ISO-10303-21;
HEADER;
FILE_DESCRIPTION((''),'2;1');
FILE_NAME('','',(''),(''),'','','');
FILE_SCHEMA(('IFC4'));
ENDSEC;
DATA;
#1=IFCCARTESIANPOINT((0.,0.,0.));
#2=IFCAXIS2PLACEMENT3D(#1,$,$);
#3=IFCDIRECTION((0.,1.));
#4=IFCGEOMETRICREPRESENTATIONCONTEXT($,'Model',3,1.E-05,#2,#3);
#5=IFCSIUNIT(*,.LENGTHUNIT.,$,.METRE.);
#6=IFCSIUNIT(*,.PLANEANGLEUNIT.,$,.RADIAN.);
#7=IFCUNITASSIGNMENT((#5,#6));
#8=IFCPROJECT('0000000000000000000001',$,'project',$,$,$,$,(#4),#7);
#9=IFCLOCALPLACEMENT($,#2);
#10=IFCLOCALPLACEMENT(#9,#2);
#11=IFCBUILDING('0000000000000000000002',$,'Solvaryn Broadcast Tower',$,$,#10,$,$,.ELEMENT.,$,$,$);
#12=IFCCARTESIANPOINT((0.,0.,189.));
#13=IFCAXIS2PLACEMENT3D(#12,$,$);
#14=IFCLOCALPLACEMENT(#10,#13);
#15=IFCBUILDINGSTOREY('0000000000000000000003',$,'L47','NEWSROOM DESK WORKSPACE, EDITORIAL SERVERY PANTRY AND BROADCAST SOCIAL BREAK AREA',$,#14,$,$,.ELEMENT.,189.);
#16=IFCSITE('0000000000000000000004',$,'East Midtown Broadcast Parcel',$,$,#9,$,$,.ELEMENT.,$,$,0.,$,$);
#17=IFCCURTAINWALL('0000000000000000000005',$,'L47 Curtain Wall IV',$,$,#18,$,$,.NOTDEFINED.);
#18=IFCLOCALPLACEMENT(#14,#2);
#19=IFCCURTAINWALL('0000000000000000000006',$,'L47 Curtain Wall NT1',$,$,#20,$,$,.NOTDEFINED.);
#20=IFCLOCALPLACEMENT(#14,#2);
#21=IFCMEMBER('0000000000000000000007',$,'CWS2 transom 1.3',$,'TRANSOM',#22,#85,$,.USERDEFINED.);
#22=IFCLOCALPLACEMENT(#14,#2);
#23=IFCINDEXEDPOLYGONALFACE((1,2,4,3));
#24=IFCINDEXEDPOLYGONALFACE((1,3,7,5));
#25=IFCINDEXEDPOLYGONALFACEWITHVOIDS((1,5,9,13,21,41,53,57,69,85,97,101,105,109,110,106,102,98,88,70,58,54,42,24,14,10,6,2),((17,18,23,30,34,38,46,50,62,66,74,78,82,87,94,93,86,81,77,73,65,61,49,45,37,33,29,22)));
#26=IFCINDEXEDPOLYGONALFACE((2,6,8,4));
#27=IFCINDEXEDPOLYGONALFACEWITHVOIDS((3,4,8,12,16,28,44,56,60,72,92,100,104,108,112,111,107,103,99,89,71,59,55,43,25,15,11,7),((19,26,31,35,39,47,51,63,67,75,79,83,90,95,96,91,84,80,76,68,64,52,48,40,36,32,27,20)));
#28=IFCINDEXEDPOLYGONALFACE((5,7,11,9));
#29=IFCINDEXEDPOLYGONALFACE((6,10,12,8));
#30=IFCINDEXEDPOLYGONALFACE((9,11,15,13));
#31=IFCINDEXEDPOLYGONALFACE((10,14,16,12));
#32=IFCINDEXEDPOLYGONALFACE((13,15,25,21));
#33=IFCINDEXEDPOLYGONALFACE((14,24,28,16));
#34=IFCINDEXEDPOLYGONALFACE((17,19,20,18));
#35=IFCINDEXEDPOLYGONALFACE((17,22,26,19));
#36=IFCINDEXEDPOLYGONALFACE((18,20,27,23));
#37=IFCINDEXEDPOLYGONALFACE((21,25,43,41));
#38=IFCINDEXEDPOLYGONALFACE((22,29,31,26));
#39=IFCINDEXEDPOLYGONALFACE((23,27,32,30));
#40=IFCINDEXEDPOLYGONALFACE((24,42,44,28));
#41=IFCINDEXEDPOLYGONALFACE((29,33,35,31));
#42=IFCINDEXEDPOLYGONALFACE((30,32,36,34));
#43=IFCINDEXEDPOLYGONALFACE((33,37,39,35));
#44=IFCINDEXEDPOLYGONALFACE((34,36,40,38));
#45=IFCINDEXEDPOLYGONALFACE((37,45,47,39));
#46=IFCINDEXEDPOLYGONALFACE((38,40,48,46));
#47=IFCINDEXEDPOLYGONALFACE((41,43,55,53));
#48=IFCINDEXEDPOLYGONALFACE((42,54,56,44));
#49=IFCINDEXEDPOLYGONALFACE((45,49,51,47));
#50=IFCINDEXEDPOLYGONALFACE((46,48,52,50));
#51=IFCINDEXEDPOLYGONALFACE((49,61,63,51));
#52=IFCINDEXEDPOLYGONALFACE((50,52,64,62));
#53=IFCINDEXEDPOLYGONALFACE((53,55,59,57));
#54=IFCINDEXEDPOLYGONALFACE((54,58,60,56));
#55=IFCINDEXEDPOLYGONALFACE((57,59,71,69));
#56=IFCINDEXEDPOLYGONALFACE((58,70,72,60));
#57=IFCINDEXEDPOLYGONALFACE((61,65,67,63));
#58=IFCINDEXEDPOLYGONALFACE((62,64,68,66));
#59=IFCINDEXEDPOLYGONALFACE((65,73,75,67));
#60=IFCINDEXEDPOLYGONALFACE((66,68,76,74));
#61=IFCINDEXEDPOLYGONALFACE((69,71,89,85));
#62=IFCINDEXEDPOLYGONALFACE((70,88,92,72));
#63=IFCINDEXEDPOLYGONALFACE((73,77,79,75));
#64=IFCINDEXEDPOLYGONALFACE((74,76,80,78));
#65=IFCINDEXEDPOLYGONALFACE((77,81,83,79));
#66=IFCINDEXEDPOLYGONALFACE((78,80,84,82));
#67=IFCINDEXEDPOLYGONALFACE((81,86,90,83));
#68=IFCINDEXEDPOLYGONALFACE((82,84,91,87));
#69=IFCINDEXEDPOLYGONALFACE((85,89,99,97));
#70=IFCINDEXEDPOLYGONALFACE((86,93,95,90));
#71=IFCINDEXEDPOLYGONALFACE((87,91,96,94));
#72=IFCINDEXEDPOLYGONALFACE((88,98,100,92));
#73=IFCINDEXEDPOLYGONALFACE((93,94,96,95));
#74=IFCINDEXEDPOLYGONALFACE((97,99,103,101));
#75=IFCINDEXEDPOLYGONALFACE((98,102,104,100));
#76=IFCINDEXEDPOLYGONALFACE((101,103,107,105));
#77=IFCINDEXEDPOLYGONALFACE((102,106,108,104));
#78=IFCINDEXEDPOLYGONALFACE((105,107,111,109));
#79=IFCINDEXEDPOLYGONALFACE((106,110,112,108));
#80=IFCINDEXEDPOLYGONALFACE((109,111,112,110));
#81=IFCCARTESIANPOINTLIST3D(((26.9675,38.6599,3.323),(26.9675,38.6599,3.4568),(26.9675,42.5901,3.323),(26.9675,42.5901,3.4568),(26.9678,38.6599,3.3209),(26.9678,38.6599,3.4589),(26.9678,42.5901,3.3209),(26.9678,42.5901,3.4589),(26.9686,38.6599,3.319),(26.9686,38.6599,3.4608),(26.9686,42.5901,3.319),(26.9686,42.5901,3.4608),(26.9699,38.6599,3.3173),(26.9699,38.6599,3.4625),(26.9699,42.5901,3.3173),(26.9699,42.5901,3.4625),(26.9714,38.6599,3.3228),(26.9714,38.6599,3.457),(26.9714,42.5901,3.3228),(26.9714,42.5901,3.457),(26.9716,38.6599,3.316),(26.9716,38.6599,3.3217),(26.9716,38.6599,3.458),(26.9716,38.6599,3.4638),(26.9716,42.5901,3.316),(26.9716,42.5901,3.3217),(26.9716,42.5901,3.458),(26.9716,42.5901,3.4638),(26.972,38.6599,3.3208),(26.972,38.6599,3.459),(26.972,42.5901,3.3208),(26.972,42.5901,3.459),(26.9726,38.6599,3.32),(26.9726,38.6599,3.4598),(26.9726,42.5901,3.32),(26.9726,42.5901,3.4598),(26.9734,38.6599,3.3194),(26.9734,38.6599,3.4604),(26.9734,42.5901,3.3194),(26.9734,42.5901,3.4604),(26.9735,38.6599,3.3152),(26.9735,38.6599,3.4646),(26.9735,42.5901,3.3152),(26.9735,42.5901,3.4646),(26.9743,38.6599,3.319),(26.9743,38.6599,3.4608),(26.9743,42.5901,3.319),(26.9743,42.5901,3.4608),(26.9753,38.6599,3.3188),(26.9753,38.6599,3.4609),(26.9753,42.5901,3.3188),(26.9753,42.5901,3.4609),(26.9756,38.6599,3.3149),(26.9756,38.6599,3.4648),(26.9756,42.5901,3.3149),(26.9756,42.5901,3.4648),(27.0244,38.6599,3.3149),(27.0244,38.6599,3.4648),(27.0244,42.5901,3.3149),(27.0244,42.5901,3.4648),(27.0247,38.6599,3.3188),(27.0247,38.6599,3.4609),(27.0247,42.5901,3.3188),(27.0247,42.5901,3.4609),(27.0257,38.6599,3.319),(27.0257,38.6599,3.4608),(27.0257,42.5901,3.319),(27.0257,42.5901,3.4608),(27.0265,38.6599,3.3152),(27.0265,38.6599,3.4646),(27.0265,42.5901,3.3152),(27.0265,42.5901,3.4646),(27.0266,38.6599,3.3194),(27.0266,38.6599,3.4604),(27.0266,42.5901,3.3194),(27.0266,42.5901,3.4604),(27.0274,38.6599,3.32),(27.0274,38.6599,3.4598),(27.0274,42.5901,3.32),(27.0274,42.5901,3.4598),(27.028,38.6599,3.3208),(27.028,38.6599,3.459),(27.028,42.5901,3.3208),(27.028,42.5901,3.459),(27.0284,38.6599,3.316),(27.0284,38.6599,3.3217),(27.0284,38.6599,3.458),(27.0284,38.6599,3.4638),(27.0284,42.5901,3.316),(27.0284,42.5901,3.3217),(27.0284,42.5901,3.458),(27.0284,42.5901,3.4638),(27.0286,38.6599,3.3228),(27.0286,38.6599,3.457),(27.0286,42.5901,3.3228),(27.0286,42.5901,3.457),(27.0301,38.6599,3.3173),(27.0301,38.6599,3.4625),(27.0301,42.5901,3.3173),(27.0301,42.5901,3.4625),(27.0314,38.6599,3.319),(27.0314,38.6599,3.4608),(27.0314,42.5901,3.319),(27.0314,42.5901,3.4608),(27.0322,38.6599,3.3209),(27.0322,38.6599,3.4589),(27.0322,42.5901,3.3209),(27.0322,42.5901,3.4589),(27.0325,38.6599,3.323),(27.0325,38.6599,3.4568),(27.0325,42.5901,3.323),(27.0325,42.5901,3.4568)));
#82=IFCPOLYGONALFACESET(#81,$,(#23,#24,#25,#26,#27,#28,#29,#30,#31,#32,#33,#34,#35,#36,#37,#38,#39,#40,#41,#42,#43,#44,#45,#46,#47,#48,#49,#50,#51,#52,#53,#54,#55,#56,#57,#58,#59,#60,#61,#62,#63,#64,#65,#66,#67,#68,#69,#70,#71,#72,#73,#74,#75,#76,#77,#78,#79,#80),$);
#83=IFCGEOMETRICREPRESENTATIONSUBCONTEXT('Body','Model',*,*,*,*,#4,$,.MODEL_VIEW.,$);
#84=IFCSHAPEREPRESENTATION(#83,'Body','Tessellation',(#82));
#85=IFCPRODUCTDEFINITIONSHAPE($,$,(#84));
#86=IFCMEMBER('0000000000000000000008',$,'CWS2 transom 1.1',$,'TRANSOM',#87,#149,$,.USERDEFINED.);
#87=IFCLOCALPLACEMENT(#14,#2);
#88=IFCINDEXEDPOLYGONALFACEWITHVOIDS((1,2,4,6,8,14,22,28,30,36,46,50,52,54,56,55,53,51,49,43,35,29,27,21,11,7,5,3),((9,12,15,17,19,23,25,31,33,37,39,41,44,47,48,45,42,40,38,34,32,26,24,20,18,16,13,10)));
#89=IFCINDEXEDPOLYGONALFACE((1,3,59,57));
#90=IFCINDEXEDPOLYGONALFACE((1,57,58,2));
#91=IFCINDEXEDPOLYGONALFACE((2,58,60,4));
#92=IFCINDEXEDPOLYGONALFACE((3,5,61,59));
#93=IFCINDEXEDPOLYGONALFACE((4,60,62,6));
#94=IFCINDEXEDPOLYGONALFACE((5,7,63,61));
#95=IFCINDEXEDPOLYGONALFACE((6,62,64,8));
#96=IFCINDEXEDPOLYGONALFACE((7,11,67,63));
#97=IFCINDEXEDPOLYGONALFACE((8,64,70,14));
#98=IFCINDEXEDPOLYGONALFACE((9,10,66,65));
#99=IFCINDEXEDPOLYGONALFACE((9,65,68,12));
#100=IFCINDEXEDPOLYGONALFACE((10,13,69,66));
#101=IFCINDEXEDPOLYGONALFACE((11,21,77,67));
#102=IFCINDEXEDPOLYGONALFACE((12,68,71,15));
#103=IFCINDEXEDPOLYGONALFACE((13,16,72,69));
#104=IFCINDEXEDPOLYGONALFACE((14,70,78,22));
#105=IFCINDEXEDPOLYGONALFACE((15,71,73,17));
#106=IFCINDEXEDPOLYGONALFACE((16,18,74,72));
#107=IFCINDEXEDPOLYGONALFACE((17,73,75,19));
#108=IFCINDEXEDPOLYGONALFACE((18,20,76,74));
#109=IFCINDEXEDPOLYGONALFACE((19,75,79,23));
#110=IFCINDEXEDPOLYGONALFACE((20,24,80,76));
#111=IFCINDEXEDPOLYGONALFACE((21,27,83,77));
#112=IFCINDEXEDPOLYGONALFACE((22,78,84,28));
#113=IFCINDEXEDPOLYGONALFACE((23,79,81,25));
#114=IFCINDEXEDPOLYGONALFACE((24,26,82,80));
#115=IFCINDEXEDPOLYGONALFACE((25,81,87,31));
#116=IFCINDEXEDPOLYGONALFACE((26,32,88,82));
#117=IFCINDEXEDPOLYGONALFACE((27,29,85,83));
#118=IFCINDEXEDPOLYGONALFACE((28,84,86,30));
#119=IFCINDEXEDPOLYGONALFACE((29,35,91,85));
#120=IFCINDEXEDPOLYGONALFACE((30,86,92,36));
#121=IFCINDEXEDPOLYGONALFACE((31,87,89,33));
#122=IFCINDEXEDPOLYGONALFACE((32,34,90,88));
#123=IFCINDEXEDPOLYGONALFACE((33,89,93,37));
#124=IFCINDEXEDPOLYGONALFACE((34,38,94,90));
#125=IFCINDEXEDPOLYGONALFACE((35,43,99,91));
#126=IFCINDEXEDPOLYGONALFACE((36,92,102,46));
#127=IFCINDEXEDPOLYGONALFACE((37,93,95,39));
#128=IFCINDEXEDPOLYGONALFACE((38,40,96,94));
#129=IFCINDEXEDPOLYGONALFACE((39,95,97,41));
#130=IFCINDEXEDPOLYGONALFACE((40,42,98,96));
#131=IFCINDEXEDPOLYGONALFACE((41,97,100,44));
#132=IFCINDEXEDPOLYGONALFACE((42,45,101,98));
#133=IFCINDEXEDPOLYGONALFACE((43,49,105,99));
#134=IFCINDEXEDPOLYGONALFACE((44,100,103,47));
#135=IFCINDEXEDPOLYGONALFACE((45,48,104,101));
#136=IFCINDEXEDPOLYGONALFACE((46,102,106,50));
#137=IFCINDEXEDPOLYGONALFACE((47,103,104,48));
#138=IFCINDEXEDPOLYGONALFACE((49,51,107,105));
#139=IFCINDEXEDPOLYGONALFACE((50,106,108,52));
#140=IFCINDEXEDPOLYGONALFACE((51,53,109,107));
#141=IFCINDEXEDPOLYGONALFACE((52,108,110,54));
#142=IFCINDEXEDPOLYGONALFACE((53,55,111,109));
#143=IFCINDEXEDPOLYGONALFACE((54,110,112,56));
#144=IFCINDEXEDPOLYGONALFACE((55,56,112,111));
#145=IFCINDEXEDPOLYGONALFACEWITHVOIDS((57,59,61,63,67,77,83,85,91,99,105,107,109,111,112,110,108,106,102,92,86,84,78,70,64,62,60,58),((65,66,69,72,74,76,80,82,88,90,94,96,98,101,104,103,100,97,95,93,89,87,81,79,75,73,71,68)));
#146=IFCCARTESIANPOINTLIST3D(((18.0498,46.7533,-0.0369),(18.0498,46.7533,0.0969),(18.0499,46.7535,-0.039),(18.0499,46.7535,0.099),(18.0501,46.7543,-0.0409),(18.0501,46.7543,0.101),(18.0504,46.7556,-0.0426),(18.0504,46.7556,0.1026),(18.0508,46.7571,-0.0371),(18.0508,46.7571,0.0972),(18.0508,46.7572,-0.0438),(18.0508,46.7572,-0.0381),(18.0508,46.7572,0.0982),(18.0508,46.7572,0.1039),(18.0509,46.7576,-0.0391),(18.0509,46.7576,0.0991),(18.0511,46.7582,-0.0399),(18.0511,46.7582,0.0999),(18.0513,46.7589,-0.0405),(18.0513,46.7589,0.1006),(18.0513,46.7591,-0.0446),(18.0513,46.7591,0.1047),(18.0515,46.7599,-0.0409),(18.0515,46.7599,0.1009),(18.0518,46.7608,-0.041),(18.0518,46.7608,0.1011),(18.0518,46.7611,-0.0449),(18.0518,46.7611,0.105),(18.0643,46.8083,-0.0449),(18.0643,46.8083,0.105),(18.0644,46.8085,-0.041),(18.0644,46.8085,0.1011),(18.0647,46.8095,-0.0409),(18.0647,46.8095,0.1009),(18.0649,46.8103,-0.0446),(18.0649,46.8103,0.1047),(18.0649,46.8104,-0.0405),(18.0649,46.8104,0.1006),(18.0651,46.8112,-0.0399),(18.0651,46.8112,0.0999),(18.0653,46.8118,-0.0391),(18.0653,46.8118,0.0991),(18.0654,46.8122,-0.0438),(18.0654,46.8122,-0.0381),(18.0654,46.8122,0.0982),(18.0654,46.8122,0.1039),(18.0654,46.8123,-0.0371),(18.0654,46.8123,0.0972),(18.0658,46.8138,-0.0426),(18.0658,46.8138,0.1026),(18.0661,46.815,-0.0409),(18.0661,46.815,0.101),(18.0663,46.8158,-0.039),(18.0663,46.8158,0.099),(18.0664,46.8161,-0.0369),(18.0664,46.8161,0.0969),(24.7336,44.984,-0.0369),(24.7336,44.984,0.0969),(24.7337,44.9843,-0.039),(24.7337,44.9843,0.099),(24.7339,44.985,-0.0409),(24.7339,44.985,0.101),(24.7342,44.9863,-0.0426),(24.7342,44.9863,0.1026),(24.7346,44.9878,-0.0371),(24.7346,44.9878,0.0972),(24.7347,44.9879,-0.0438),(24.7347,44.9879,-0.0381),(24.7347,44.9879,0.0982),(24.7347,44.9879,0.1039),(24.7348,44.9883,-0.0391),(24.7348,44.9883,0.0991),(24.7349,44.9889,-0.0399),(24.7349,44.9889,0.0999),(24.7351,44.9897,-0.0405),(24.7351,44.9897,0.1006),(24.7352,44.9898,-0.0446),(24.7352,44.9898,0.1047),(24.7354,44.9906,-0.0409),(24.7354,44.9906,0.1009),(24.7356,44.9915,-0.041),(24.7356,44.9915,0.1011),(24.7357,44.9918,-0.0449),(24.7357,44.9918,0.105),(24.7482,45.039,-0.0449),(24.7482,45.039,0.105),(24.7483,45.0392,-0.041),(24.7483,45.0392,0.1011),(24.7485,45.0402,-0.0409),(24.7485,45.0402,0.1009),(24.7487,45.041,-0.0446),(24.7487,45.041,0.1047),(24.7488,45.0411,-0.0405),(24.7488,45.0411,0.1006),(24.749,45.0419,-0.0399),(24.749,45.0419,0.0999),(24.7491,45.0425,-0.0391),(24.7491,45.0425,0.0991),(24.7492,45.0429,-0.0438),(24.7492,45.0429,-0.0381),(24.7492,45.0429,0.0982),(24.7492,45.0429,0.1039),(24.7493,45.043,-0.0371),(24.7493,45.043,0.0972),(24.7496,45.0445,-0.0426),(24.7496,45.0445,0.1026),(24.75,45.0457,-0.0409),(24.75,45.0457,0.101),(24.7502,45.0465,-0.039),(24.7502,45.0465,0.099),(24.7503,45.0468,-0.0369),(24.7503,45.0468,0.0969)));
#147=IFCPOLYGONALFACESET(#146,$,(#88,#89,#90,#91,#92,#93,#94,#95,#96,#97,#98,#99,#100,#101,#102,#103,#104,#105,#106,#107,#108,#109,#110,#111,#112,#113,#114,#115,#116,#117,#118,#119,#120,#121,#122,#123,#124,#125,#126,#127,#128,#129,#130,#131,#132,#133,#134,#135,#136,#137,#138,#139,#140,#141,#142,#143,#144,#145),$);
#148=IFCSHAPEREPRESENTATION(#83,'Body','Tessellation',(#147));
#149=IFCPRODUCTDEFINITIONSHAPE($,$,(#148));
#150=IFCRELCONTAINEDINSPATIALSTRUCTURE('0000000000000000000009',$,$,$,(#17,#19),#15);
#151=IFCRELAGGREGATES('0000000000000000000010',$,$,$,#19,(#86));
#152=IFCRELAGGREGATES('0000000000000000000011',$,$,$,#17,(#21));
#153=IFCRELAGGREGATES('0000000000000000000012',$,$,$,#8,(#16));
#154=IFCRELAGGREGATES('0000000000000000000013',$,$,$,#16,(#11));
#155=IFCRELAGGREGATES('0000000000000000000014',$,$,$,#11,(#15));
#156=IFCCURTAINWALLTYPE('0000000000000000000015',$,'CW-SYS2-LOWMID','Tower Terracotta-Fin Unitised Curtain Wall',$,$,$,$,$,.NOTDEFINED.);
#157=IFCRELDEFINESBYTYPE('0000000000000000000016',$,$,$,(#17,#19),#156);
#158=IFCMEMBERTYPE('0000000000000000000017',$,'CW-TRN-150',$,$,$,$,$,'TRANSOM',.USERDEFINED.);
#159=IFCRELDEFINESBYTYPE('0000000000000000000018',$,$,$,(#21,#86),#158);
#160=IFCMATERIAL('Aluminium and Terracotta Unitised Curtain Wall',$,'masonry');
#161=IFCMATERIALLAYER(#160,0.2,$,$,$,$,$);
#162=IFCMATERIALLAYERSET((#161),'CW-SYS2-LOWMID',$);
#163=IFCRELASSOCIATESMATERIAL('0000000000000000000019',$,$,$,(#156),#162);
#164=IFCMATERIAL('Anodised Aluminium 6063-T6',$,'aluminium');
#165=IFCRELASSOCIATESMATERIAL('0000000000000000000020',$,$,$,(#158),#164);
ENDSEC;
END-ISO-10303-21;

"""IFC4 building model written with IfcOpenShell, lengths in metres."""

from ifc_helpers import new_model, si_unit, direction, frame, origin, origin_2d, place, context, subcontext, project, spatial, hollow_rectangle, extrude, material, layer, layer_set, material_profile, profile_set, type_object, element, aggregate, save


model = new_model("IFC4")

# Units and contexts
model_context = context("Model", 3, precision=1e-05, world=origin(), true_north=direction((0.0, 1.0)))
body_context = subcontext(model_context, "Body", "Model", "MODEL_VIEW")
ifc_project = project(units=[si_unit("LENGTHUNIT", "METRE"), si_unit("PLANEANGLEUNIT", "RADIAN")], contexts=[model_context])

# Site, building, storey
site_placement = place(None, origin())
site = spatial("IfcSite", under=ifc_project, at=site_placement, Name="East Midtown Broadcast Parcel", CompositionType="ELEMENT", RefElevation=0.0)
building_placement = place(site_placement, origin())
building = spatial("IfcBuilding", under=site, at=building_placement, Name="Solvaryn Broadcast Tower", CompositionType="ELEMENT")
storey_placement = place(building_placement, frame((0.0, 0.0, 189.0)))
storey = spatial("IfcBuildingStorey", under=building, at=storey_placement, Name="L47", Description="NEWSROOM DESK WORKSPACE, EDITORIAL SERVERY PANTRY AND BROADCAST SOCIAL BREAK AREA", CompositionType="ELEMENT", Elevation=189.0)

# Curtain wall
ifc_material_1 = material(Name="Aluminium and Terracotta Unitised Curtain Wall", Category="masonry")
ifc_layer_1 = layer(ifc_material_1, 0.2)
ifc_layer_set_1 = layer_set([ifc_layer_1], Name="CW-SYS2-LOWMID")
curtain_wall_type = type_object("IfcCurtainWallType", Name="CW-SYS2-LOWMID", Description="Tower Terracotta-Fin Unitised Curtain Wall", PredefinedType="NOTDEFINED", material=ifc_layer_set_1)
curtain_wall_1_placement = place(storey_placement, origin())
curtain_wall_1 = element("IfcCurtainWall", 1, at=curtain_wall_1_placement, inside=storey, type_object=curtain_wall_type, Name="L47 Curtain Wall IV", PredefinedType="NOTDEFINED")

# Curtain wall
curtain_wall_2_placement = place(storey_placement, origin())
curtain_wall_2 = element("IfcCurtainWall", 2, at=curtain_wall_2_placement, inside=storey, type_object=curtain_wall_type, Name="L47 Curtain Wall NT1", PredefinedType="NOTDEFINED")

# Members
ifc_material_2 = material(Name="Anodised Aluminium 6063-T6", Category="aluminium")
ifc_material_profile_1 = material_profile(ifc_material_2, hollow_rectangle(XDim=0.0649, YDim=0.1499, WallThickness=0.0039, InnerFilletRadius=0.0039, OuterFilletRadius=0.0081, at=origin_2d()))
ifc_profile_set_1 = profile_set([ifc_material_profile_1], Name="Anodised Aluminium 6063-T6")
member_type_1 = type_object("IfcMemberType", Name="CW-TRN-150", ElementType="TRANSOM", PredefinedType="USERDEFINED", material=ifc_profile_set_1)
member_1_placement = place(storey_placement, frame((27.0, 42.5901, 3.3899), z_axis=(0.0, -1.0, 0.0), x_axis=(1.0, 0.0, 0.0)))
member_1 = element("IfcMember", 3, at=member_1_placement, type_object=member_type_1, Name="CWS2 transom 1.3", ObjectType="TRANSOM", PredefinedType="USERDEFINED", context=body_context, shape_type="SweptSolid", body=[
    extrude(hollow_rectangle(XDim=0.0649, YDim=0.1499, WallThickness=0.0039, InnerFilletRadius=0.0039, OuterFilletRadius=0.0081, at=origin_2d()), origin(), (0.0, 0.0, 1.0), 3.9302),
])
member_2_placement = place(storey_placement, frame((24.7419, 45.0154, 0.03), z_axis=(-0.966704, 0.255897, 0.0), x_axis=(-0.255897, -0.966704, 0.0)))
member_2 = element("IfcMember", 4, at=member_2_placement, type_object=member_type_1, Name="CWS2 transom 1.1", ObjectType="TRANSOM", PredefinedType="USERDEFINED", context=body_context, shape_type="SweptSolid", body=[
    extrude(hollow_rectangle(XDim=0.0649, YDim=0.1499, WallThickness=0.0039, InnerFilletRadius=0.0039, OuterFilletRadius=0.0081, at=origin_2d()), origin(), (0.0, 0.0, 1.0), 6.9141),
])
aggregate(curtain_wall_2, [member_2])

aggregate(curtain_wall_1, [member_1])

save(model, "model.ifc")
